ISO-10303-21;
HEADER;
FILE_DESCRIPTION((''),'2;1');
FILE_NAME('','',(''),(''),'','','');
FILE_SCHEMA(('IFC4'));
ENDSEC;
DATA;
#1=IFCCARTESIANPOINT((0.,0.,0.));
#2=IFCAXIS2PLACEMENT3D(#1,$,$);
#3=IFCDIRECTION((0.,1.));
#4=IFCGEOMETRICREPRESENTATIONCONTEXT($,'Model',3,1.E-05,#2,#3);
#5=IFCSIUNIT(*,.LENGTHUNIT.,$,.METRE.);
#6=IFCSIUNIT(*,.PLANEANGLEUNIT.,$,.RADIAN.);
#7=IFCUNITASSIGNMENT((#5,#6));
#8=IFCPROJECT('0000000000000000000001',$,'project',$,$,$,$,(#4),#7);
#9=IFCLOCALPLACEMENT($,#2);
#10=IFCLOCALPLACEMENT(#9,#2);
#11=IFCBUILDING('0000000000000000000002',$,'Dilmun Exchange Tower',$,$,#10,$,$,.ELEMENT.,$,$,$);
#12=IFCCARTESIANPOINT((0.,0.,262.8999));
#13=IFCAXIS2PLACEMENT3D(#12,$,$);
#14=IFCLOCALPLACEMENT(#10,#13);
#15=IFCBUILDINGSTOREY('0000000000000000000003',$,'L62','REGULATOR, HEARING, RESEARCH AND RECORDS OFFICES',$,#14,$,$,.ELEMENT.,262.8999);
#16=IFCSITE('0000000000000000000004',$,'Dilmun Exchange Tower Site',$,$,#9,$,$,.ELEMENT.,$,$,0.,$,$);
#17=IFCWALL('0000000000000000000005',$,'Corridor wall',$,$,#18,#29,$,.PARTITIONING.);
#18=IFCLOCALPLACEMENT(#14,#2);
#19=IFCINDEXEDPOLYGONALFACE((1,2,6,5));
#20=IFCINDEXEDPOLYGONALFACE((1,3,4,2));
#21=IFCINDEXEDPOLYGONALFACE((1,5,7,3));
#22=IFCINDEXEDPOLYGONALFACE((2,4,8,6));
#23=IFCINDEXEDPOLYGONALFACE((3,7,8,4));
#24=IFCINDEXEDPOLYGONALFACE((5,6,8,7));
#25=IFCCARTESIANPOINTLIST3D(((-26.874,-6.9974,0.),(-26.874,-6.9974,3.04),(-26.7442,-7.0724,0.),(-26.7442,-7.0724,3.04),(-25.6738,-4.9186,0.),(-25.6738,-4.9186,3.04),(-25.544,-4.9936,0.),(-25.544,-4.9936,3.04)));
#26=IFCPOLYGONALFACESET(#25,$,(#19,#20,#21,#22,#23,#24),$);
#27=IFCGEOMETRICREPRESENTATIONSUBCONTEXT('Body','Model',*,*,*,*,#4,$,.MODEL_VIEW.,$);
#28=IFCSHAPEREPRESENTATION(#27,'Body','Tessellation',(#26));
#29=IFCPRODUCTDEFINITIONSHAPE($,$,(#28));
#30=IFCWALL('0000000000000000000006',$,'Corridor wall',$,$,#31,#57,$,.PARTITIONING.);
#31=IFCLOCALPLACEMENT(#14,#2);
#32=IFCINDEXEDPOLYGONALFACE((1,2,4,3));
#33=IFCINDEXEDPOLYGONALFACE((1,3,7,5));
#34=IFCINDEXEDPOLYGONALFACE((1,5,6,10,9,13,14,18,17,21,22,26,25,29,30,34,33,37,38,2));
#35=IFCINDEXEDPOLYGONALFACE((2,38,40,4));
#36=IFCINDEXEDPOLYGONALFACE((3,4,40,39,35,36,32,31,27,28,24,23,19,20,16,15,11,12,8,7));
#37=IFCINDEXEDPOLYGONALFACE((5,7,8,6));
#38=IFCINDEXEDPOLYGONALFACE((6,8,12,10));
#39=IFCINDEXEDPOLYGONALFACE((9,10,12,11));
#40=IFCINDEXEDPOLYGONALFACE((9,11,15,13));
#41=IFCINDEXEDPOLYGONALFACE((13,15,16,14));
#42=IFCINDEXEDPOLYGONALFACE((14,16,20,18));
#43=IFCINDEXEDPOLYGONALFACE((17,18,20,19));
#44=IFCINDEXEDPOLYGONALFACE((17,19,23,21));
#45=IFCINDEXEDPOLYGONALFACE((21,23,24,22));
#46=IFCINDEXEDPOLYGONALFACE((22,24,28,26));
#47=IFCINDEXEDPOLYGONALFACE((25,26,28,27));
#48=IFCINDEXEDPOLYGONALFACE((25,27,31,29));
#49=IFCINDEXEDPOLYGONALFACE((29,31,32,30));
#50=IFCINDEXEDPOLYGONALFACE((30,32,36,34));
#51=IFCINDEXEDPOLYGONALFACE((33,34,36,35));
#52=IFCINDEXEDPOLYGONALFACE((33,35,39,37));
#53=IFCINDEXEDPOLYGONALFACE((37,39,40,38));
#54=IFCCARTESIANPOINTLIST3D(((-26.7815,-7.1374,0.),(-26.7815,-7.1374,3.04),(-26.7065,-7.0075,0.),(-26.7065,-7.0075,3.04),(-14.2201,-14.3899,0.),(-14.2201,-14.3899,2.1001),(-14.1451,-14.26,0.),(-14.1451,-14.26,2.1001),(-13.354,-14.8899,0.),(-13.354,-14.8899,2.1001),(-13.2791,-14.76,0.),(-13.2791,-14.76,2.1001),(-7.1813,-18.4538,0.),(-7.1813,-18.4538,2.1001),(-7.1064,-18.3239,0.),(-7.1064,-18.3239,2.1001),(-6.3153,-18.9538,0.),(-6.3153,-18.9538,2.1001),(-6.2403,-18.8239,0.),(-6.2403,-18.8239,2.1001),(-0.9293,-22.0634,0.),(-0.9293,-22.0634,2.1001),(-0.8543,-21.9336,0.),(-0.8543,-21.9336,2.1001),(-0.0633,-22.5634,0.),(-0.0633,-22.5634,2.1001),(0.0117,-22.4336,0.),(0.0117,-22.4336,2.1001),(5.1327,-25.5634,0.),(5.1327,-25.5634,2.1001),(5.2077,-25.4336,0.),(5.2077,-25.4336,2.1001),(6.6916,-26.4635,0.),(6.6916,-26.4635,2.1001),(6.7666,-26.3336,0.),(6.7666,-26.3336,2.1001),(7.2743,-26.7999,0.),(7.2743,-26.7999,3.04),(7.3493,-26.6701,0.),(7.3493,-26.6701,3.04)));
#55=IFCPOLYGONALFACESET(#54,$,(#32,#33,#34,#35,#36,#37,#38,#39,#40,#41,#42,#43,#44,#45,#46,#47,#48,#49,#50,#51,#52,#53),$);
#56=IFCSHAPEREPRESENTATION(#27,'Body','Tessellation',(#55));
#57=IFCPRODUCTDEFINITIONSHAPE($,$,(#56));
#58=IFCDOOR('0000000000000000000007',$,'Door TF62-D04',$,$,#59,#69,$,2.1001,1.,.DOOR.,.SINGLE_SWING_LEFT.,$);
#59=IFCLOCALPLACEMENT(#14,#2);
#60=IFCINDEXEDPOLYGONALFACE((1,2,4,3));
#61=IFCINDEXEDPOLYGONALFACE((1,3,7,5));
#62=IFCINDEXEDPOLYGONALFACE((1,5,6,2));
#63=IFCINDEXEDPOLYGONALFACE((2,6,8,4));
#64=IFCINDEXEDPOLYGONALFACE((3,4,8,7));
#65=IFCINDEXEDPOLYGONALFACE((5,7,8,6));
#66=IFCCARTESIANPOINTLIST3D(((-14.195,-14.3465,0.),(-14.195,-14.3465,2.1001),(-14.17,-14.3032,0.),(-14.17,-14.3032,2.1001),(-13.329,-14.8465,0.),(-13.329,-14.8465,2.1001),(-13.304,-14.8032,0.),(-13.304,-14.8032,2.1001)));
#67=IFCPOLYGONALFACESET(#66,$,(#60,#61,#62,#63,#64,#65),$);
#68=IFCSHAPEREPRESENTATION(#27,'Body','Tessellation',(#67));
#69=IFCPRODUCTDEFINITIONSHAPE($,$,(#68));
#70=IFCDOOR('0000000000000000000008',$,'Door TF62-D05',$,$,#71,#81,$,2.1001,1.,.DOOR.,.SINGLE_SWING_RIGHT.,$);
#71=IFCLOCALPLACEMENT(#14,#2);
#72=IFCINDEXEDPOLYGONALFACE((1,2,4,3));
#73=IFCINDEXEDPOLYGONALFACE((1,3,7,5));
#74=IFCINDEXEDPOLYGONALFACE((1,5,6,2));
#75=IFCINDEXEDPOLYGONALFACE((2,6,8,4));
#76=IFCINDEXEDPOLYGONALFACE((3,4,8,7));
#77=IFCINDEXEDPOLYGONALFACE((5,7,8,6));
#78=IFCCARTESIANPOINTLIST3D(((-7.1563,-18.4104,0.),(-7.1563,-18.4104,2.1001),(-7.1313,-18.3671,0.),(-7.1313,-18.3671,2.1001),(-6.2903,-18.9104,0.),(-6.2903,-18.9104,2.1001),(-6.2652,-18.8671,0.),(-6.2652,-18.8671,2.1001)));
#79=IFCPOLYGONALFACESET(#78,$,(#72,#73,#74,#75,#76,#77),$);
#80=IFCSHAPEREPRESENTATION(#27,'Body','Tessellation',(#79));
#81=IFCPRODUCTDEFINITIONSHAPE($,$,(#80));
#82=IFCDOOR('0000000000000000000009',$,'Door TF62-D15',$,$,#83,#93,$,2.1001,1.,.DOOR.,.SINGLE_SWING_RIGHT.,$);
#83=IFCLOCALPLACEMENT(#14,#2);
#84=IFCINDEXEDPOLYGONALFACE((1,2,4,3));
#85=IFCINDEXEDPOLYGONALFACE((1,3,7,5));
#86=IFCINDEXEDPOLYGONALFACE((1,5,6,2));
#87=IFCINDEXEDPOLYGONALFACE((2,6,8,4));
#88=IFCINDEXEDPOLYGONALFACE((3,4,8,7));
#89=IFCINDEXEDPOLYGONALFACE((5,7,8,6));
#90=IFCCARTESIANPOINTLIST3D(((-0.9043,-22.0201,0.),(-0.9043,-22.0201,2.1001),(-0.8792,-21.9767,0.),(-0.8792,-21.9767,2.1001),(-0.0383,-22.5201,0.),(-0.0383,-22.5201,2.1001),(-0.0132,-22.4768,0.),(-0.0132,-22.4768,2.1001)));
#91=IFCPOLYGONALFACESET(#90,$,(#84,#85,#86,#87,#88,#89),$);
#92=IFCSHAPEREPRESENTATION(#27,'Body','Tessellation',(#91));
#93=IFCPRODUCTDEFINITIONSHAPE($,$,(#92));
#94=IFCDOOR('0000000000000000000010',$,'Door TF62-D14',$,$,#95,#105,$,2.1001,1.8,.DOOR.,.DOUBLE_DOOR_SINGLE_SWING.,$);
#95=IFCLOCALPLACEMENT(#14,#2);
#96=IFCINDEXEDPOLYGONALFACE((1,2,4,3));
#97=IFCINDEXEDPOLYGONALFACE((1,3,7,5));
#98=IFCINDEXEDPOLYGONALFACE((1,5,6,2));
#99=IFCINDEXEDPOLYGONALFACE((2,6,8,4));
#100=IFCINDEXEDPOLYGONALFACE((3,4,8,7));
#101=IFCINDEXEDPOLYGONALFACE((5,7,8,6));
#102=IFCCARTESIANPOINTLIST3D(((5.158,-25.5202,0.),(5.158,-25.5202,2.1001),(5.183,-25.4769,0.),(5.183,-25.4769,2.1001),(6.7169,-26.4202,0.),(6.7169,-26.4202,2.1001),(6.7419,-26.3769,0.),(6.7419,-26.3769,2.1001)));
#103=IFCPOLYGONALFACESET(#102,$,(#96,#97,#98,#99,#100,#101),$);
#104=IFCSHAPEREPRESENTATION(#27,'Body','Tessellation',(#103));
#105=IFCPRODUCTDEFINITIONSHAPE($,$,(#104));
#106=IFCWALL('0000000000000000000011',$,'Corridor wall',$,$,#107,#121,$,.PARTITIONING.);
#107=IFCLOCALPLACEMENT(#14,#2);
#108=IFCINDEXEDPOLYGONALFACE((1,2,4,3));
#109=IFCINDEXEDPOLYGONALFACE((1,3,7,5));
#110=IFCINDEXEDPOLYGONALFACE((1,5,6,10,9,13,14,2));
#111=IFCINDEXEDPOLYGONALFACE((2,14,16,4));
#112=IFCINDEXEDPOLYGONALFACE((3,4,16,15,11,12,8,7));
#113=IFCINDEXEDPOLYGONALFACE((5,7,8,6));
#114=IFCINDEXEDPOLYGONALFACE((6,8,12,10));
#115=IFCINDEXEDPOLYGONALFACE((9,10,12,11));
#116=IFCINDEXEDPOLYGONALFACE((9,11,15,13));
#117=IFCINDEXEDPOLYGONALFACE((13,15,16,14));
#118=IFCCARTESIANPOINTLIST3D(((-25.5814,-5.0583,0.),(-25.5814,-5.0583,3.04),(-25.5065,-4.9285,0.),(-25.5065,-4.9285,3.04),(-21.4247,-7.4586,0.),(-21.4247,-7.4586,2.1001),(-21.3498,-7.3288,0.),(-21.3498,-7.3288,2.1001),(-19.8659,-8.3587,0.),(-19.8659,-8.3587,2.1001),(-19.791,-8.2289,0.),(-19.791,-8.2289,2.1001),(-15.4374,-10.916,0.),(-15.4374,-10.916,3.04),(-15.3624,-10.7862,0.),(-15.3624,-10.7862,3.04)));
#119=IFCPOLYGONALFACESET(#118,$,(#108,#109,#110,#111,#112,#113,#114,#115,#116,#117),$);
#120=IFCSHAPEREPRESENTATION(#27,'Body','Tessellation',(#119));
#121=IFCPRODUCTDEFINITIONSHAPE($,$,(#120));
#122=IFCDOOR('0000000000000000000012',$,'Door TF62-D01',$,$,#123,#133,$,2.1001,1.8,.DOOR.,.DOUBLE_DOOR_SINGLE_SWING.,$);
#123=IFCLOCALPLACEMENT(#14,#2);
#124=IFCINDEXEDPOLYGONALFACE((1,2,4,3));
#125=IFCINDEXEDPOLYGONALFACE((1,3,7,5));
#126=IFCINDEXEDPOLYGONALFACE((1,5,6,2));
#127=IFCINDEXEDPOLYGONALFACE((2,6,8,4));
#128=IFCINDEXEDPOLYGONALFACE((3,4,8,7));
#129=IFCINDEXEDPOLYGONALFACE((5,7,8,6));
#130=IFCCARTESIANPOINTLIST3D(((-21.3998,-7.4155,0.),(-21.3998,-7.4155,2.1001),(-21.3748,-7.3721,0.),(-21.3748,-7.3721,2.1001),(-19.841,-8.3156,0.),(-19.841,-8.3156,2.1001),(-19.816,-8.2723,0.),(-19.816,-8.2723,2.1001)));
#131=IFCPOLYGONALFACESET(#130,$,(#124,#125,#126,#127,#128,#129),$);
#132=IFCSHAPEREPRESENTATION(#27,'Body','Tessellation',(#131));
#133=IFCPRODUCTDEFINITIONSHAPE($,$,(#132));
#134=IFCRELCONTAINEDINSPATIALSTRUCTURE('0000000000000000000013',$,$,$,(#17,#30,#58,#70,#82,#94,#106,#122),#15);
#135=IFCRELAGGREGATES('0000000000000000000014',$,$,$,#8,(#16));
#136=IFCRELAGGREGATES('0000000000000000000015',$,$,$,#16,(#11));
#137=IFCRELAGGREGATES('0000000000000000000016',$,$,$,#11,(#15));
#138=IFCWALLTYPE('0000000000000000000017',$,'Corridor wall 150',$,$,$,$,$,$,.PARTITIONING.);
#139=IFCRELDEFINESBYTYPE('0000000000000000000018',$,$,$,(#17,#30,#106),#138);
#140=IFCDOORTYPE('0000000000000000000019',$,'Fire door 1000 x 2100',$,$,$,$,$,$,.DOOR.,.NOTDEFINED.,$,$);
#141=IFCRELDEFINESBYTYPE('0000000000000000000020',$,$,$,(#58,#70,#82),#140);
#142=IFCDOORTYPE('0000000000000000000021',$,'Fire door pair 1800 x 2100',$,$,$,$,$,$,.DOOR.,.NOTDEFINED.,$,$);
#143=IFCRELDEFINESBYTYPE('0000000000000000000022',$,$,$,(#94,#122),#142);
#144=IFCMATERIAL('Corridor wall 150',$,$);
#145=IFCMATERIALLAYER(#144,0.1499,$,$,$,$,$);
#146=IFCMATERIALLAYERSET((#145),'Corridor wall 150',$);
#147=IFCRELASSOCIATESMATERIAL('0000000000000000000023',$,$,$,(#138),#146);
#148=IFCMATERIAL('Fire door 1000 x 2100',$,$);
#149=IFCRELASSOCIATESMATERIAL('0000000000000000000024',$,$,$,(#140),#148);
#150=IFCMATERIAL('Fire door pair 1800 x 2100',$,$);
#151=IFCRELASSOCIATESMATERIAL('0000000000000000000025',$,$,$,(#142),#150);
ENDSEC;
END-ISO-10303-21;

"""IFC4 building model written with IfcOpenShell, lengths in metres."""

from ifc_helpers import new_model, si_unit, direction, frame, frame_2d, origin, place, context, subcontext, project, spatial, rectangle, extrude, material, layer, layer_set, type_object, element, fill, save


model = new_model("IFC4")

# Units and contexts
model_context = context("Model", 3, precision=1e-05, world=origin(), true_north=direction((0.0, 1.0)))
body_context = subcontext(model_context, "Body", "Model", "MODEL_VIEW")
ifc_project = project(units=[si_unit("LENGTHUNIT", "METRE"), si_unit("PLANEANGLEUNIT", "RADIAN")], contexts=[model_context])

# Site, building, storey
site_placement = place(None, origin())
site = spatial("IfcSite", under=ifc_project, at=site_placement, Name="Dilmun Exchange Tower Site", CompositionType="ELEMENT", RefElevation=0.0)
building_placement = place(site_placement, origin())
building = spatial("IfcBuilding", under=site, at=building_placement, Name="Dilmun Exchange Tower", CompositionType="ELEMENT")
storey_placement = place(building_placement, frame((0.0, 0.0, 262.8999)))
storey = spatial("IfcBuildingStorey", under=building, at=storey_placement, Name="L62", Description="REGULATOR, HEARING, RESEARCH AND RECORDS OFFICES", CompositionType="ELEMENT", Elevation=262.8999)

# Wall
ifc_material_1 = material(Name="Corridor wall 150")
ifc_layer_1 = layer(ifc_material_1, 0.1499)
ifc_layer_set_1 = layer_set([ifc_layer_1], Name="Corridor wall 150")
wall_type_1 = type_object("IfcWallType", Name="Corridor wall 150", PredefinedType="PARTITIONING", material=ifc_layer_set_1)
wall_1_placement = place(storey_placement, frame((-26.8091, -7.0349, 0.0), z_axis=(0.0, 0.0, 1.0), x_axis=(0.49999, 0.866031, 0.0)))
element("IfcWall", 1, at=wall_1_placement, inside=storey, type_object=wall_type_1, Name="Corridor wall", PredefinedType="PARTITIONING", context=body_context, shape_type="SweptSolid", body=[
    extrude(rectangle(XDim=2.4004, YDim=0.1499, at=frame_2d((1.2002, 0.0))), origin(), (0.0, 0.0, 1.0), 3.04),
])

# Wall, openings, doors
wall_2_placement = place(storey_placement, frame((-26.7439, -7.0725, 0.0), z_axis=(0.0, 0.0, 1.0), x_axis=(0.866021, -0.500008, 0.0)))
wall_2 = element("IfcWall", 2, at=wall_2_placement, inside=storey, type_object=wall_type_1, Name="Corridor wall", PredefinedType="PARTITIONING", context=body_context, shape_type="SweptSolid", body=[
    extrude(rectangle(XDim=39.3245, YDim=0.1499, at=frame_2d((19.6621, 0.0))), origin(), (0.0, 0.0, 1.0), 3.04),
])
opening_1_placement = place(wall_2_placement, frame((14.5046, 0.0, 0.0)))
opening_1 = element("IfcOpeningElement", 3, at=opening_1_placement, cuts=wall_2, PredefinedType="OPENING", context=body_context, shape_type="SweptSolid", body=[
    extrude(rectangle(XDim=1.0, YDim=2.1001, at=frame_2d((0.5, 1.05))), frame((0.0, 0.085, 0.0), z_axis=(0.0, -1.0, 0.0), x_axis=(1.0, 0.0, 0.0)), (0.0, 0.0, 1.0), 0.1699),
])
opening_2_placement = place(wall_2_placement, frame((22.6323, 0.0, 0.0)))
opening_2 = element("IfcOpeningElement", 4, at=opening_2_placement, cuts=wall_2, PredefinedType="OPENING", context=body_context, shape_type="SweptSolid", body=[
    extrude(rectangle(XDim=1.0, YDim=2.1001, at=frame_2d((0.5, 1.05))), frame((0.0, 0.085, 0.0), z_axis=(0.0, -1.0, 0.0), x_axis=(1.0, 0.0, 0.0)), (0.0, 0.0, 1.0), 0.1699),
])
opening_3_placement = place(wall_2_placement, frame((36.8516, 0.0, 0.0)))
opening_3 = element("IfcOpeningElement", 5, at=opening_3_placement, cuts=wall_2, PredefinedType="OPENING", context=body_context, shape_type="SweptSolid", body=[
    extrude(rectangle(XDim=1.8, YDim=2.1001, at=frame_2d((0.8999, 1.05))), frame((0.0, 0.085, 0.0), z_axis=(0.0, -1.0, 0.0), x_axis=(1.0, 0.0, 0.0)), (0.0, 0.0, 1.0), 0.1699),
])
opening_4_placement = place(wall_2_placement, frame((29.8516, 0.0, 0.0)))
opening_4 = element("IfcOpeningElement", 6, at=opening_4_placement, cuts=wall_2, PredefinedType="OPENING", context=body_context, shape_type="SweptSolid", body=[
    extrude(rectangle(XDim=1.0, YDim=2.1001, at=frame_2d((0.5, 1.05))), frame((0.0, 0.085, 0.0), z_axis=(0.0, -1.0, 0.0), x_axis=(1.0, 0.0, 0.0)), (0.0, 0.0, 1.0), 0.1699),
])
ifc_material_2 = material(Name="Fire door 1000 x 2100")
door_type_1 = type_object("IfcDoorType", Name="Fire door 1000 x 2100", OperationType="NOTDEFINED", PredefinedType="DOOR", material=ifc_material_2)
door_1_placement = place(opening_1_placement, frame((1.0, 0.0, 0.0), z_axis=(0.0, 0.0, 1.0), x_axis=(-1.0, 0.0, 0.0)))
door_1 = element("IfcDoor", 7, at=door_1_placement, inside=storey, type_object=door_type_1, Name="Door TF62-D04", OperationType="SINGLE_SWING_LEFT", OverallHeight=2.1001, OverallWidth=1.0, PredefinedType="DOOR", context=body_context, shape_type="SweptSolid", body=[
    extrude(rectangle(XDim=1.0, YDim=2.1001, at=frame_2d((0.5, 1.05))), frame((0.0, 0.0249, 0.0), z_axis=(0.0, -1.0, 0.0), x_axis=(1.0, 0.0, 0.0)), (0.0, 0.0, 1.0), 0.05),
])
fill(opening_1, door_1)
door_2_placement = place(opening_2_placement, frame((1.0, 0.0, 0.0), z_axis=(0.0, 0.0, 1.0), x_axis=(-1.0, 0.0, 0.0)))
door_2 = element("IfcDoor", 8, at=door_2_placement, inside=storey, type_object=door_type_1, Name="Door TF62-D05", OperationType="SINGLE_SWING_RIGHT", OverallHeight=2.1001, OverallWidth=1.0, PredefinedType="DOOR", context=body_context, shape_type="SweptSolid", body=[
    extrude(rectangle(XDim=1.0, YDim=2.1001, at=frame_2d((0.5, 1.05))), frame((0.0, 0.0249, 0.0), z_axis=(0.0, -1.0, 0.0), x_axis=(1.0, 0.0, 0.0)), (0.0, 0.0, 1.0), 0.05),
])
fill(opening_2, door_2)
door_3_placement = place(opening_4_placement, frame((1.0, 0.0, 0.0), z_axis=(0.0, 0.0, 1.0), x_axis=(-1.0, 0.0, 0.0)))
door_3 = element("IfcDoor", 9, at=door_3_placement, inside=storey, type_object=door_type_1, Name="Door TF62-D15", OperationType="SINGLE_SWING_RIGHT", OverallHeight=2.1001, OverallWidth=1.0, PredefinedType="DOOR", context=body_context, shape_type="SweptSolid", body=[
    extrude(rectangle(XDim=1.0, YDim=2.1001, at=frame_2d((0.5, 1.05))), frame((0.0, 0.0249, 0.0), z_axis=(0.0, -1.0, 0.0), x_axis=(1.0, 0.0, 0.0)), (0.0, 0.0, 1.0), 0.05),
])
fill(opening_4, door_3)
ifc_material_3 = material(Name="Fire door pair 1800 x 2100")
door_type_2 = type_object("IfcDoorType", Name="Fire door pair 1800 x 2100", OperationType="NOTDEFINED", PredefinedType="DOOR", material=ifc_material_3)
door_4_placement = place(opening_3_placement, frame((1.8, 0.0, 0.0), z_axis=(0.0, 0.0, 1.0), x_axis=(-1.0, 0.0, 0.0)))
door_4 = element("IfcDoor", 10, at=door_4_placement, inside=storey, type_object=door_type_2, Name="Door TF62-D14", OperationType="DOUBLE_DOOR_SINGLE_SWING", OverallHeight=2.1001, OverallWidth=1.8, PredefinedType="DOOR", context=body_context, shape_type="SweptSolid", body=[
    extrude(rectangle(XDim=1.8, YDim=2.1001, at=frame_2d((0.8999, 1.05))), frame((0.0, 0.0249, 0.0), z_axis=(0.0, -1.0, 0.0), x_axis=(1.0, 0.0, 0.0)), (0.0, 0.0, 1.0), 0.05),
])
fill(opening_3, door_4)

# Wall, opening, door
wall_3_placement = place(storey_placement, frame((-25.5439, -4.9934, 0.0), z_axis=(0.0, 0.0, 1.0), x_axis=(0.865988, -0.500064, 0.0)))
wall_3 = element("IfcWall", 11, at=wall_3_placement, inside=storey, type_object=wall_type_1, Name="Corridor wall", PredefinedType="PARTITIONING", context=body_context, shape_type="SweptSolid", body=[
    extrude(rectangle(XDim=11.7139, YDim=0.1499, at=frame_2d((5.8569, 0.0))), origin(), (0.0, 0.0, 1.0), 3.04),
])
opening_5_placement = place(wall_3_placement, frame((4.8, 0.0, 0.0)))
opening_5 = element("IfcOpeningElement", 12, at=opening_5_placement, cuts=wall_3, PredefinedType="OPENING", context=body_context, shape_type="SweptSolid", body=[
    extrude(rectangle(XDim=1.8, YDim=2.1001, at=frame_2d((0.8999, 1.05))), frame((0.0, 0.085, 0.0), z_axis=(0.0, -1.0, 0.0), x_axis=(1.0, 0.0, 0.0)), (0.0, 0.0, 1.0), 0.1699),
])
door_5_placement = place(opening_5_placement, origin())
door_5 = element("IfcDoor", 13, at=door_5_placement, inside=storey, type_object=door_type_2, Name="Door TF62-D01", OperationType="DOUBLE_DOOR_SINGLE_SWING", OverallHeight=2.1001, OverallWidth=1.8, PredefinedType="DOOR", context=body_context, shape_type="SweptSolid", body=[
    extrude(rectangle(XDim=1.8, YDim=2.1001, at=frame_2d((0.8999, 1.05))), frame((0.0, 0.0249, 0.0), z_axis=(0.0, -1.0, 0.0), x_axis=(1.0, 0.0, 0.0)), (0.0, 0.0, 1.0), 0.05),
])
fill(opening_5, door_5)

save(model, "model.ifc")
